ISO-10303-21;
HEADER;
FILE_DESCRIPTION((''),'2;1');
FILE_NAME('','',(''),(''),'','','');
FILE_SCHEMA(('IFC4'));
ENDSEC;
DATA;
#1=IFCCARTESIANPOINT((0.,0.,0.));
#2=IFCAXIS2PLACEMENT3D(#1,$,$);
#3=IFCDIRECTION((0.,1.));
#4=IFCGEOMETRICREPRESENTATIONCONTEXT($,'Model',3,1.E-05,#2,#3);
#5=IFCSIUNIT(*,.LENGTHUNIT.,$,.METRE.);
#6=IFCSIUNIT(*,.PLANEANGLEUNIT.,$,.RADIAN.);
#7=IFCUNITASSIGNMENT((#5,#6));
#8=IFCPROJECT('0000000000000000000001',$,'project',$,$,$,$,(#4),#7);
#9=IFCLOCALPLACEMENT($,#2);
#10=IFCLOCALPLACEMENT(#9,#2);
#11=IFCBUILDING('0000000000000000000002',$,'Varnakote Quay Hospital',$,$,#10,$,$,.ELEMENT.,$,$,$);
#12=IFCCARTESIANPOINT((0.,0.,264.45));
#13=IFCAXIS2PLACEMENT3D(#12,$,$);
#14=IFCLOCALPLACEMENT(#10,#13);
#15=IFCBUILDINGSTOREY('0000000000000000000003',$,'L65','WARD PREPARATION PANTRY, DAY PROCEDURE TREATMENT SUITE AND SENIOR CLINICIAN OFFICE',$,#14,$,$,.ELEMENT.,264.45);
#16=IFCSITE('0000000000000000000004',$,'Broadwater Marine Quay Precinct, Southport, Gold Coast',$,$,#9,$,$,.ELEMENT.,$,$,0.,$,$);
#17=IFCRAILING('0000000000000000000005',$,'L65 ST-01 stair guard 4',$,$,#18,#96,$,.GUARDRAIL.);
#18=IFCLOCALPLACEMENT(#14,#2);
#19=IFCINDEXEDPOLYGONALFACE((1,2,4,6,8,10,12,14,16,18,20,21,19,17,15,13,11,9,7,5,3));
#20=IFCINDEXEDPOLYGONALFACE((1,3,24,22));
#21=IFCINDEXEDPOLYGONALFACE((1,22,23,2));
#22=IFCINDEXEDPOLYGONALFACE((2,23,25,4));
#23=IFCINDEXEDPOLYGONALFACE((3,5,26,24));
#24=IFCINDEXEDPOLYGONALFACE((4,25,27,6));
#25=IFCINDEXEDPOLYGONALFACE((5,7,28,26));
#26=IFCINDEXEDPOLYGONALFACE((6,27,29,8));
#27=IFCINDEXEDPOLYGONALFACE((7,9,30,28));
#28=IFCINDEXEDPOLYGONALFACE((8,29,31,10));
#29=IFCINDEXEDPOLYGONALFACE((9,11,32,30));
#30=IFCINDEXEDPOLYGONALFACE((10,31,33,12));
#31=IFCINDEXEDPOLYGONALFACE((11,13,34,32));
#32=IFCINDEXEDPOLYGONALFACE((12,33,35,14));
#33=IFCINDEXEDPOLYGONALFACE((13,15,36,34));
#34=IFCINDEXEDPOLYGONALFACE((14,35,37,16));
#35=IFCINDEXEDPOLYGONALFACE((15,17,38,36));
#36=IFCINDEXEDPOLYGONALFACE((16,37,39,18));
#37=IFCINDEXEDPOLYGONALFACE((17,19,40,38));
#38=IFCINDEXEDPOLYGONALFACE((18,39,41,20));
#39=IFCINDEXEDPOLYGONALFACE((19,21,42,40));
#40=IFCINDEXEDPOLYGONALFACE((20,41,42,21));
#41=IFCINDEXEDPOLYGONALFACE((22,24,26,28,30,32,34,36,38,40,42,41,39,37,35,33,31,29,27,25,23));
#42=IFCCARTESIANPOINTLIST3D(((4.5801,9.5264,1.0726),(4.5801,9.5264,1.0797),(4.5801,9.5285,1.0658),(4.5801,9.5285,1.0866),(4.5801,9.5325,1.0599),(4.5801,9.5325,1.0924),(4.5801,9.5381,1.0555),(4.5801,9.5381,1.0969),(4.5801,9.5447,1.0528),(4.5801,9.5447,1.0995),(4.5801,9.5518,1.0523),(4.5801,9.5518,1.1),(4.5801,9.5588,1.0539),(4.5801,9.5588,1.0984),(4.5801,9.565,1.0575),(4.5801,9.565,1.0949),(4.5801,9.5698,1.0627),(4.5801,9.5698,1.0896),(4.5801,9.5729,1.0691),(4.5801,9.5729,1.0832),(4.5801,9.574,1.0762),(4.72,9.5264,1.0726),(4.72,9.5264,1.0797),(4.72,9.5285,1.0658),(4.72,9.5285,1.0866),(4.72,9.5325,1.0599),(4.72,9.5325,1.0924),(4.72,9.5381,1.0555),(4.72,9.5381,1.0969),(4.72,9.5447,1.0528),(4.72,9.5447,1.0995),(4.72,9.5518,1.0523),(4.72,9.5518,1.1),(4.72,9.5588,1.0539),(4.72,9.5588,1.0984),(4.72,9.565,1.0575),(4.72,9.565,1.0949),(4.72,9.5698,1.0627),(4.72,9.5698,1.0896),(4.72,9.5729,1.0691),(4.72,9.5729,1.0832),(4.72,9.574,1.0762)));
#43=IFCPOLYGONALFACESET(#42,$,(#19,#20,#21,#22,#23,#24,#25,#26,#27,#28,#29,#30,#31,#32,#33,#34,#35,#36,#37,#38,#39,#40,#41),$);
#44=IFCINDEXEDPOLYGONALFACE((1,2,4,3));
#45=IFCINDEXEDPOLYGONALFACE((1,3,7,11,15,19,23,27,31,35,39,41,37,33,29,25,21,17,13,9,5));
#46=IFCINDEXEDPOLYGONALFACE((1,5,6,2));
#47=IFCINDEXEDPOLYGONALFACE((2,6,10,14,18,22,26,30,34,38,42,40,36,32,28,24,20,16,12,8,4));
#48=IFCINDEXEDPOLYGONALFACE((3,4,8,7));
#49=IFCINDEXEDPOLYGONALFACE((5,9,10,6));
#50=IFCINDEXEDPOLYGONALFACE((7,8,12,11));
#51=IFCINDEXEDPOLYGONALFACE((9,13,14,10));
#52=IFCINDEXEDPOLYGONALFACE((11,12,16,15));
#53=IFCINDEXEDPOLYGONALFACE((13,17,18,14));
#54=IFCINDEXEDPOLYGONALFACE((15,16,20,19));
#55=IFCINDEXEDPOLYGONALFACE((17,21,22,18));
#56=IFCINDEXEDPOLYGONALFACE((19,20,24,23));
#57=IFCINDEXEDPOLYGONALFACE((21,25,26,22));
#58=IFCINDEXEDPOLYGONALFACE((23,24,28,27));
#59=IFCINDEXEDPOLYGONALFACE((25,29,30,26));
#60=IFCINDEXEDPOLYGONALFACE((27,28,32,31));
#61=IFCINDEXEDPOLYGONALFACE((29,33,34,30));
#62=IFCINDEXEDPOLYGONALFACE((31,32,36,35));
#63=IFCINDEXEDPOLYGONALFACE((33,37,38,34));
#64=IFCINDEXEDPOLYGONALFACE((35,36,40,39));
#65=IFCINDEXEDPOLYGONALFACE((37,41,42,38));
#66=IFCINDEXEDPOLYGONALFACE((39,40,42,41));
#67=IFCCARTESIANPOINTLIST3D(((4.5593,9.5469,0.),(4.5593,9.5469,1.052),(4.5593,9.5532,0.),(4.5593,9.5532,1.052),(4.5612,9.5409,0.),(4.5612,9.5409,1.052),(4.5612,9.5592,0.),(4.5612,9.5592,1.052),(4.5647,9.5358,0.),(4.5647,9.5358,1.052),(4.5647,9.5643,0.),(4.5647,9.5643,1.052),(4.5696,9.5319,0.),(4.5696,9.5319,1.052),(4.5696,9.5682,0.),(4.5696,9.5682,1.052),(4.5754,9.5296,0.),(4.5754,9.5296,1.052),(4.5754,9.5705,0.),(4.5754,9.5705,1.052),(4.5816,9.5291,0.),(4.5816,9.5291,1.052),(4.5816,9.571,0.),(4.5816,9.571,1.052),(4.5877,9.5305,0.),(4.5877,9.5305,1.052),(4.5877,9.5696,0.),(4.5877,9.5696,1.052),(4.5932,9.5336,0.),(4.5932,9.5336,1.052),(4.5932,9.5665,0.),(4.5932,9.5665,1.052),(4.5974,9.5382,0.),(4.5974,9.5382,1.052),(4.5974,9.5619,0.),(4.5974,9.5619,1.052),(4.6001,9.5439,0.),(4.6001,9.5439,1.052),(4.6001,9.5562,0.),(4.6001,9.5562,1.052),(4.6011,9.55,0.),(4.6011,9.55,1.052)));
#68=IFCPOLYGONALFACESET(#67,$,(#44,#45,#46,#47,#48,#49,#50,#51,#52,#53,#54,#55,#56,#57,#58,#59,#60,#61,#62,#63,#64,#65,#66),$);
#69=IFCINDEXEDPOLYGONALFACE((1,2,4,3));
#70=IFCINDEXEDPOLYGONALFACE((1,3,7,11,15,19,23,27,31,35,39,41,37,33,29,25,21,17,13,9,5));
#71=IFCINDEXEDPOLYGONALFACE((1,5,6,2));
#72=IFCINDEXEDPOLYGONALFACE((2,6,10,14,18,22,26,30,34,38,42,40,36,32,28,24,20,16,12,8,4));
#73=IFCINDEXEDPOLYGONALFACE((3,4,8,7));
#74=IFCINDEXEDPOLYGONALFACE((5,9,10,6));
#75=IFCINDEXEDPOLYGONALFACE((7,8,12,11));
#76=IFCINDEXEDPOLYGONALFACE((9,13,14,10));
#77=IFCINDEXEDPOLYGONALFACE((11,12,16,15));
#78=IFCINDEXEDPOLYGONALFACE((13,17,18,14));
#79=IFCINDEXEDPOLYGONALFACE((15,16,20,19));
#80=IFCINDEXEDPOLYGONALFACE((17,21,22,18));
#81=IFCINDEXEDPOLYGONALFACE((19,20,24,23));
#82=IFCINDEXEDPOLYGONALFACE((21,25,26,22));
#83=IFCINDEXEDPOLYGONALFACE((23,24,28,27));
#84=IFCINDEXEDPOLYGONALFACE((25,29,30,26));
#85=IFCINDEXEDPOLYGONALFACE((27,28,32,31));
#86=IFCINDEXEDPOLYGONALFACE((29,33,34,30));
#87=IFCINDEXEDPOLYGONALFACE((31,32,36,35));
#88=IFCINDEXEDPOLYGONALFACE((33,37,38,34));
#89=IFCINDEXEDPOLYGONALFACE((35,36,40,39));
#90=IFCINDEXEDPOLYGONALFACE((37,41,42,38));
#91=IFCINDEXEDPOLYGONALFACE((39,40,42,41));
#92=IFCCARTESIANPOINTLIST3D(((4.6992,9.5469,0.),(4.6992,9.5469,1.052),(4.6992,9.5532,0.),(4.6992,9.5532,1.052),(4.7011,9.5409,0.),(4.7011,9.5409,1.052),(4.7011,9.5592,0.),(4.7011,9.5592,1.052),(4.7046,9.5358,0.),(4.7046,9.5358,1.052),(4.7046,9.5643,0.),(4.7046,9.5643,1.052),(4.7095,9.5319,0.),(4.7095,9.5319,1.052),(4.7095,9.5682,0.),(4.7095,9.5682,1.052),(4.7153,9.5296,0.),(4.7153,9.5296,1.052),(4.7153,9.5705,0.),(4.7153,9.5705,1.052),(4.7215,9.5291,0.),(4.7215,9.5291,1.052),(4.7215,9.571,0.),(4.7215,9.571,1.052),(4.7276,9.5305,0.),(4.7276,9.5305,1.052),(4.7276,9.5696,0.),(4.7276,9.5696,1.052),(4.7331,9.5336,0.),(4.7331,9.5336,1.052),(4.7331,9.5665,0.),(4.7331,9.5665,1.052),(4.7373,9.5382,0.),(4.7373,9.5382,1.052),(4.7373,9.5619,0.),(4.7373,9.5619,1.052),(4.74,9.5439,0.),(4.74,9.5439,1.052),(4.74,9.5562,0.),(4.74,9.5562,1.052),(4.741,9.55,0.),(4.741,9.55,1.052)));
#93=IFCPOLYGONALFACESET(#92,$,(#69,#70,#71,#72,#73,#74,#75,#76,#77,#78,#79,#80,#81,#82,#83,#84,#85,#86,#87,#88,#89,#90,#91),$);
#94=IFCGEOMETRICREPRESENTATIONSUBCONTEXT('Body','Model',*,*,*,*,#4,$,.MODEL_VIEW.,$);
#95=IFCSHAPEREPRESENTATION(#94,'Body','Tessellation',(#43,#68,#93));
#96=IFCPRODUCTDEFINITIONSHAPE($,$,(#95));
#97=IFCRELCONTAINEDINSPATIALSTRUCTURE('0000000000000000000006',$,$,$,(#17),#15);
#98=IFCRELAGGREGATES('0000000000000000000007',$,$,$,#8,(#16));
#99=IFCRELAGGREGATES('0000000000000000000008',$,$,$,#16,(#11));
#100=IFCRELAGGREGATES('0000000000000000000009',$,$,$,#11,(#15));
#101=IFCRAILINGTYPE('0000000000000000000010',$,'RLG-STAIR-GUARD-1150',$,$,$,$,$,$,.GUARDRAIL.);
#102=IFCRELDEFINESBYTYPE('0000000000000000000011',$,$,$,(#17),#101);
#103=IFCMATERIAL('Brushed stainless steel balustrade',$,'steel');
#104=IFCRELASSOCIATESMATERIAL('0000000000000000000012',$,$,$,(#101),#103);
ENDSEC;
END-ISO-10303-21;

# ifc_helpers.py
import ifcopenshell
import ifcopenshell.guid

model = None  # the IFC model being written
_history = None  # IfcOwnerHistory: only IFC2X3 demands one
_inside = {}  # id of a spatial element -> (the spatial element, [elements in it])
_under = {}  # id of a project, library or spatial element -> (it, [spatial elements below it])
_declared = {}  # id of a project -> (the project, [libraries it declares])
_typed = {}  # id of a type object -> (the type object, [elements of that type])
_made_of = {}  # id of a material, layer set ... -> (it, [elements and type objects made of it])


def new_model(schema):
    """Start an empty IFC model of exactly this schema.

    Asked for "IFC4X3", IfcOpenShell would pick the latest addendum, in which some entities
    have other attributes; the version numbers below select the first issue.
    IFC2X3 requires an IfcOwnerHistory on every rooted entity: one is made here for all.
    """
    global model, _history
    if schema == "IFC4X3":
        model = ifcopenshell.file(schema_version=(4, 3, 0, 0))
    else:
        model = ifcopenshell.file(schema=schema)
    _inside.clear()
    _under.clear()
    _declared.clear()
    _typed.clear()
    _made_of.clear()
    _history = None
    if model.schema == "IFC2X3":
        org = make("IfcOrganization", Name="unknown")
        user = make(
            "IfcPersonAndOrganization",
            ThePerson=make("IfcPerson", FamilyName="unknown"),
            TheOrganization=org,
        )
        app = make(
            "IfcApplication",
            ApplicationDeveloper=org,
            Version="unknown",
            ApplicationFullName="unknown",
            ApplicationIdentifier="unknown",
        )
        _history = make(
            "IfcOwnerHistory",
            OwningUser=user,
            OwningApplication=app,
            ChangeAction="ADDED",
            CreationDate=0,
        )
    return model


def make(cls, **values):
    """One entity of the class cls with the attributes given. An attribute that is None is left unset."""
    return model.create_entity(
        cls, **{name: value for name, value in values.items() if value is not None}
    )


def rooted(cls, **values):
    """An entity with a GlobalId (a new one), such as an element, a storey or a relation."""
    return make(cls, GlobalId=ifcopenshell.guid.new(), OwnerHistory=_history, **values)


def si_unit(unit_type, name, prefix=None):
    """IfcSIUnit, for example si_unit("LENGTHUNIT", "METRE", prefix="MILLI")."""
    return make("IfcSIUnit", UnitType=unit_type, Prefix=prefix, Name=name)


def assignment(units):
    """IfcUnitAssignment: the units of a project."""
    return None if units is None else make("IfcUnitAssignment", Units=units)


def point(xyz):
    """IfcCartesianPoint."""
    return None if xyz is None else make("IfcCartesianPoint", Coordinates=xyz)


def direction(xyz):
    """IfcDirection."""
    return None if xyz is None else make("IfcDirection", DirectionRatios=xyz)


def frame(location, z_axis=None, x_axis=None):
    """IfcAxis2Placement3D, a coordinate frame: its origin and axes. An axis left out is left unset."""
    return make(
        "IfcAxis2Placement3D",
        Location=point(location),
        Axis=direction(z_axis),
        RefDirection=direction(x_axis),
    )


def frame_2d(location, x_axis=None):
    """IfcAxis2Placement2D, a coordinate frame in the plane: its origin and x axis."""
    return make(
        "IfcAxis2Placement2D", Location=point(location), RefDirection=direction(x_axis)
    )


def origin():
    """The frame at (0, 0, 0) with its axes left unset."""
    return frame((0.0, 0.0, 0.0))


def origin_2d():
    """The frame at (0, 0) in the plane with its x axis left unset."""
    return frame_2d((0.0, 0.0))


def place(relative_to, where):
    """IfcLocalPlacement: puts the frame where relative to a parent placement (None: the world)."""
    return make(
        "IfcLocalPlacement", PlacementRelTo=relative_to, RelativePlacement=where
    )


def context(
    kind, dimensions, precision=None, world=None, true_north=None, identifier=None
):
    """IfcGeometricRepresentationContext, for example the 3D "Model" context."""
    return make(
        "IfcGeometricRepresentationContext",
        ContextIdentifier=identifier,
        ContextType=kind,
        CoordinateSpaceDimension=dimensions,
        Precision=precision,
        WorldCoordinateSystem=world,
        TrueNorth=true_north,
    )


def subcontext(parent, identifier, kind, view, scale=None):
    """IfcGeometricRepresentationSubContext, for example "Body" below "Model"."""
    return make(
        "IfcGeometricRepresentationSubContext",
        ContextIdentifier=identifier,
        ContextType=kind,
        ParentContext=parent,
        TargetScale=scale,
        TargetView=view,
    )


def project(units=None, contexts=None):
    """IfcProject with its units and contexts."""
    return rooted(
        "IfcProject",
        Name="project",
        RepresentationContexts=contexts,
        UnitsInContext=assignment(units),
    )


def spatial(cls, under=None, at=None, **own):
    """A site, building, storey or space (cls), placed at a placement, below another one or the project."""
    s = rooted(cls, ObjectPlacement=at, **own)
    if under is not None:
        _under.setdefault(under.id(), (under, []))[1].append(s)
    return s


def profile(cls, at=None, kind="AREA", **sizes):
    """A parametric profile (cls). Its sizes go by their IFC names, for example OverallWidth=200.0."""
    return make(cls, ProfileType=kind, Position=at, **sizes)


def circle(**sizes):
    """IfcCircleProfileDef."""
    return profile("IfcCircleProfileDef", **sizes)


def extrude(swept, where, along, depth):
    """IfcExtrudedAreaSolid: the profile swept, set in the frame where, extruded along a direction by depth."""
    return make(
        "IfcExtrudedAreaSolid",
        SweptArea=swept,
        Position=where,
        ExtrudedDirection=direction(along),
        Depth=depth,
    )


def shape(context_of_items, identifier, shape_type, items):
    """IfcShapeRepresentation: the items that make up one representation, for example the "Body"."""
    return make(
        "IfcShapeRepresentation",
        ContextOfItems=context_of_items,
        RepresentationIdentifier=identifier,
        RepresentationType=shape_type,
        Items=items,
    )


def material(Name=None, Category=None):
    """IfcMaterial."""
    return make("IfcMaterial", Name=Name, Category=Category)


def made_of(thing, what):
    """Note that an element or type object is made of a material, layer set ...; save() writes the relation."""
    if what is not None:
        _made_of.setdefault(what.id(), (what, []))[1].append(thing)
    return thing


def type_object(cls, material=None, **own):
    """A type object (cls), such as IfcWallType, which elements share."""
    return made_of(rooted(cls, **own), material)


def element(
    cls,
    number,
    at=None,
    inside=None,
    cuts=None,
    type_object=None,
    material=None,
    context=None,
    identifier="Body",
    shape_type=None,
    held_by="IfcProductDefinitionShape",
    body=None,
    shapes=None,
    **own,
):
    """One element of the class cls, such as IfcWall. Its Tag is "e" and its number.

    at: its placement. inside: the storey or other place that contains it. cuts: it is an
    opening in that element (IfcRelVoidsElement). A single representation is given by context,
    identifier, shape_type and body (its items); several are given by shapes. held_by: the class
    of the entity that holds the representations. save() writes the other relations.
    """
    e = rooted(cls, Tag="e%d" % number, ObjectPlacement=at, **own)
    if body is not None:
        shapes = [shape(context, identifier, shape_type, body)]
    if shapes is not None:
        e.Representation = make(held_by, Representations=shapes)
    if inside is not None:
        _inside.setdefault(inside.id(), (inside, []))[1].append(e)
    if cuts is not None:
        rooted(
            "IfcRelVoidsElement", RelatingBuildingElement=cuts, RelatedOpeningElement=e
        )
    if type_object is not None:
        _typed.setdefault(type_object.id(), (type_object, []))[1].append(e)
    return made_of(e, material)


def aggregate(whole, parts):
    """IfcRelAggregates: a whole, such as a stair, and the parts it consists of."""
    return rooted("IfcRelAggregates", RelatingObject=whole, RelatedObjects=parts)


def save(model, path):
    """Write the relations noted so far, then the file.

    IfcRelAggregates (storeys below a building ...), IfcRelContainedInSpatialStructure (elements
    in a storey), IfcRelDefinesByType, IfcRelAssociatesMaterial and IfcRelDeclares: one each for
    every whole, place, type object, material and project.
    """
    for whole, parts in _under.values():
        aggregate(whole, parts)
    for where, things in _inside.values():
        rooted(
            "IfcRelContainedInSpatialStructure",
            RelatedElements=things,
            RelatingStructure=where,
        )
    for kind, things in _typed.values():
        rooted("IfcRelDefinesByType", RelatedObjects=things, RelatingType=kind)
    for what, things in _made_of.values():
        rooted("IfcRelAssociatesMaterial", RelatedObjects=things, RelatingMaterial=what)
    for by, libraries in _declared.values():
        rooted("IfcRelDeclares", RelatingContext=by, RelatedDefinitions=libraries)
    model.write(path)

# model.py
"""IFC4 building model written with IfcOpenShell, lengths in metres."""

from ifc_helpers import new_model, si_unit, direction, frame, origin, origin_2d, place, context, subcontext, project, spatial, circle, extrude, material, type_object, element, save


model = new_model("IFC4")

# Units and contexts
model_context = context("Model", 3, precision=1e-05, world=origin(), true_north=direction((0.0, 1.0)))
body_context = subcontext(model_context, "Body", "Model", "MODEL_VIEW")
ifc_project = project(units=[si_unit("LENGTHUNIT", "METRE"), si_unit("PLANEANGLEUNIT", "RADIAN")], contexts=[model_context])

# Site, building, storey
site_placement = place(None, origin())
site = spatial("IfcSite", under=ifc_project, at=site_placement, Name="Broadwater Marine Quay Precinct, Southport, Gold Coast", CompositionType="ELEMENT", RefElevation=0.0)
building_placement = place(site_placement, origin())
building = spatial("IfcBuilding", under=site, at=building_placement, Name="Varnakote Quay Hospital", CompositionType="ELEMENT")
storey_placement = place(building_placement, frame((0.0, 0.0, 264.45)))
storey = spatial("IfcBuildingStorey", under=building, at=storey_placement, Name="L65", Description="WARD PREPARATION PANTRY, DAY PROCEDURE TREATMENT SUITE AND SENIOR CLINICIAN OFFICE", CompositionType="ELEMENT", Elevation=264.45)

# Railing
ifc_material_1 = material(Name="Brushed stainless steel balustrade", Category="steel")
railing_type_1 = type_object("IfcRailingType", Name="RLG-STAIR-GUARD-1150", PredefinedType="GUARDRAIL", material=ifc_material_1)
railing_1_placement = place(storey_placement, frame((4.5801, 9.55, 0.0)))
element("IfcRailing", 1, at=railing_1_placement, inside=storey, type_object=railing_type_1, Name="L65 ST-01 stair guard 4", PredefinedType="GUARDRAIL", context=body_context, shape_type="SweptSolid", body=[
    extrude(circle(Radius=0.0239, at=origin_2d()), frame((0.0, 0.0, 1.0762), z_axis=(1.0, 0.0, 0.0), x_axis=(0.0, 1.0, 0.0)), (0.0, 0.0, 1.0), 0.1399),
    extrude(circle(Radius=0.021, at=origin_2d()), origin(), (0.0, 0.0, 1.0), 1.052),
    extrude(circle(Radius=0.021, at=origin_2d()), frame((0.1399, 0.0, 0.0)), (0.0, 0.0, 1.0), 1.052),
])

save(model, "model.ifc")
